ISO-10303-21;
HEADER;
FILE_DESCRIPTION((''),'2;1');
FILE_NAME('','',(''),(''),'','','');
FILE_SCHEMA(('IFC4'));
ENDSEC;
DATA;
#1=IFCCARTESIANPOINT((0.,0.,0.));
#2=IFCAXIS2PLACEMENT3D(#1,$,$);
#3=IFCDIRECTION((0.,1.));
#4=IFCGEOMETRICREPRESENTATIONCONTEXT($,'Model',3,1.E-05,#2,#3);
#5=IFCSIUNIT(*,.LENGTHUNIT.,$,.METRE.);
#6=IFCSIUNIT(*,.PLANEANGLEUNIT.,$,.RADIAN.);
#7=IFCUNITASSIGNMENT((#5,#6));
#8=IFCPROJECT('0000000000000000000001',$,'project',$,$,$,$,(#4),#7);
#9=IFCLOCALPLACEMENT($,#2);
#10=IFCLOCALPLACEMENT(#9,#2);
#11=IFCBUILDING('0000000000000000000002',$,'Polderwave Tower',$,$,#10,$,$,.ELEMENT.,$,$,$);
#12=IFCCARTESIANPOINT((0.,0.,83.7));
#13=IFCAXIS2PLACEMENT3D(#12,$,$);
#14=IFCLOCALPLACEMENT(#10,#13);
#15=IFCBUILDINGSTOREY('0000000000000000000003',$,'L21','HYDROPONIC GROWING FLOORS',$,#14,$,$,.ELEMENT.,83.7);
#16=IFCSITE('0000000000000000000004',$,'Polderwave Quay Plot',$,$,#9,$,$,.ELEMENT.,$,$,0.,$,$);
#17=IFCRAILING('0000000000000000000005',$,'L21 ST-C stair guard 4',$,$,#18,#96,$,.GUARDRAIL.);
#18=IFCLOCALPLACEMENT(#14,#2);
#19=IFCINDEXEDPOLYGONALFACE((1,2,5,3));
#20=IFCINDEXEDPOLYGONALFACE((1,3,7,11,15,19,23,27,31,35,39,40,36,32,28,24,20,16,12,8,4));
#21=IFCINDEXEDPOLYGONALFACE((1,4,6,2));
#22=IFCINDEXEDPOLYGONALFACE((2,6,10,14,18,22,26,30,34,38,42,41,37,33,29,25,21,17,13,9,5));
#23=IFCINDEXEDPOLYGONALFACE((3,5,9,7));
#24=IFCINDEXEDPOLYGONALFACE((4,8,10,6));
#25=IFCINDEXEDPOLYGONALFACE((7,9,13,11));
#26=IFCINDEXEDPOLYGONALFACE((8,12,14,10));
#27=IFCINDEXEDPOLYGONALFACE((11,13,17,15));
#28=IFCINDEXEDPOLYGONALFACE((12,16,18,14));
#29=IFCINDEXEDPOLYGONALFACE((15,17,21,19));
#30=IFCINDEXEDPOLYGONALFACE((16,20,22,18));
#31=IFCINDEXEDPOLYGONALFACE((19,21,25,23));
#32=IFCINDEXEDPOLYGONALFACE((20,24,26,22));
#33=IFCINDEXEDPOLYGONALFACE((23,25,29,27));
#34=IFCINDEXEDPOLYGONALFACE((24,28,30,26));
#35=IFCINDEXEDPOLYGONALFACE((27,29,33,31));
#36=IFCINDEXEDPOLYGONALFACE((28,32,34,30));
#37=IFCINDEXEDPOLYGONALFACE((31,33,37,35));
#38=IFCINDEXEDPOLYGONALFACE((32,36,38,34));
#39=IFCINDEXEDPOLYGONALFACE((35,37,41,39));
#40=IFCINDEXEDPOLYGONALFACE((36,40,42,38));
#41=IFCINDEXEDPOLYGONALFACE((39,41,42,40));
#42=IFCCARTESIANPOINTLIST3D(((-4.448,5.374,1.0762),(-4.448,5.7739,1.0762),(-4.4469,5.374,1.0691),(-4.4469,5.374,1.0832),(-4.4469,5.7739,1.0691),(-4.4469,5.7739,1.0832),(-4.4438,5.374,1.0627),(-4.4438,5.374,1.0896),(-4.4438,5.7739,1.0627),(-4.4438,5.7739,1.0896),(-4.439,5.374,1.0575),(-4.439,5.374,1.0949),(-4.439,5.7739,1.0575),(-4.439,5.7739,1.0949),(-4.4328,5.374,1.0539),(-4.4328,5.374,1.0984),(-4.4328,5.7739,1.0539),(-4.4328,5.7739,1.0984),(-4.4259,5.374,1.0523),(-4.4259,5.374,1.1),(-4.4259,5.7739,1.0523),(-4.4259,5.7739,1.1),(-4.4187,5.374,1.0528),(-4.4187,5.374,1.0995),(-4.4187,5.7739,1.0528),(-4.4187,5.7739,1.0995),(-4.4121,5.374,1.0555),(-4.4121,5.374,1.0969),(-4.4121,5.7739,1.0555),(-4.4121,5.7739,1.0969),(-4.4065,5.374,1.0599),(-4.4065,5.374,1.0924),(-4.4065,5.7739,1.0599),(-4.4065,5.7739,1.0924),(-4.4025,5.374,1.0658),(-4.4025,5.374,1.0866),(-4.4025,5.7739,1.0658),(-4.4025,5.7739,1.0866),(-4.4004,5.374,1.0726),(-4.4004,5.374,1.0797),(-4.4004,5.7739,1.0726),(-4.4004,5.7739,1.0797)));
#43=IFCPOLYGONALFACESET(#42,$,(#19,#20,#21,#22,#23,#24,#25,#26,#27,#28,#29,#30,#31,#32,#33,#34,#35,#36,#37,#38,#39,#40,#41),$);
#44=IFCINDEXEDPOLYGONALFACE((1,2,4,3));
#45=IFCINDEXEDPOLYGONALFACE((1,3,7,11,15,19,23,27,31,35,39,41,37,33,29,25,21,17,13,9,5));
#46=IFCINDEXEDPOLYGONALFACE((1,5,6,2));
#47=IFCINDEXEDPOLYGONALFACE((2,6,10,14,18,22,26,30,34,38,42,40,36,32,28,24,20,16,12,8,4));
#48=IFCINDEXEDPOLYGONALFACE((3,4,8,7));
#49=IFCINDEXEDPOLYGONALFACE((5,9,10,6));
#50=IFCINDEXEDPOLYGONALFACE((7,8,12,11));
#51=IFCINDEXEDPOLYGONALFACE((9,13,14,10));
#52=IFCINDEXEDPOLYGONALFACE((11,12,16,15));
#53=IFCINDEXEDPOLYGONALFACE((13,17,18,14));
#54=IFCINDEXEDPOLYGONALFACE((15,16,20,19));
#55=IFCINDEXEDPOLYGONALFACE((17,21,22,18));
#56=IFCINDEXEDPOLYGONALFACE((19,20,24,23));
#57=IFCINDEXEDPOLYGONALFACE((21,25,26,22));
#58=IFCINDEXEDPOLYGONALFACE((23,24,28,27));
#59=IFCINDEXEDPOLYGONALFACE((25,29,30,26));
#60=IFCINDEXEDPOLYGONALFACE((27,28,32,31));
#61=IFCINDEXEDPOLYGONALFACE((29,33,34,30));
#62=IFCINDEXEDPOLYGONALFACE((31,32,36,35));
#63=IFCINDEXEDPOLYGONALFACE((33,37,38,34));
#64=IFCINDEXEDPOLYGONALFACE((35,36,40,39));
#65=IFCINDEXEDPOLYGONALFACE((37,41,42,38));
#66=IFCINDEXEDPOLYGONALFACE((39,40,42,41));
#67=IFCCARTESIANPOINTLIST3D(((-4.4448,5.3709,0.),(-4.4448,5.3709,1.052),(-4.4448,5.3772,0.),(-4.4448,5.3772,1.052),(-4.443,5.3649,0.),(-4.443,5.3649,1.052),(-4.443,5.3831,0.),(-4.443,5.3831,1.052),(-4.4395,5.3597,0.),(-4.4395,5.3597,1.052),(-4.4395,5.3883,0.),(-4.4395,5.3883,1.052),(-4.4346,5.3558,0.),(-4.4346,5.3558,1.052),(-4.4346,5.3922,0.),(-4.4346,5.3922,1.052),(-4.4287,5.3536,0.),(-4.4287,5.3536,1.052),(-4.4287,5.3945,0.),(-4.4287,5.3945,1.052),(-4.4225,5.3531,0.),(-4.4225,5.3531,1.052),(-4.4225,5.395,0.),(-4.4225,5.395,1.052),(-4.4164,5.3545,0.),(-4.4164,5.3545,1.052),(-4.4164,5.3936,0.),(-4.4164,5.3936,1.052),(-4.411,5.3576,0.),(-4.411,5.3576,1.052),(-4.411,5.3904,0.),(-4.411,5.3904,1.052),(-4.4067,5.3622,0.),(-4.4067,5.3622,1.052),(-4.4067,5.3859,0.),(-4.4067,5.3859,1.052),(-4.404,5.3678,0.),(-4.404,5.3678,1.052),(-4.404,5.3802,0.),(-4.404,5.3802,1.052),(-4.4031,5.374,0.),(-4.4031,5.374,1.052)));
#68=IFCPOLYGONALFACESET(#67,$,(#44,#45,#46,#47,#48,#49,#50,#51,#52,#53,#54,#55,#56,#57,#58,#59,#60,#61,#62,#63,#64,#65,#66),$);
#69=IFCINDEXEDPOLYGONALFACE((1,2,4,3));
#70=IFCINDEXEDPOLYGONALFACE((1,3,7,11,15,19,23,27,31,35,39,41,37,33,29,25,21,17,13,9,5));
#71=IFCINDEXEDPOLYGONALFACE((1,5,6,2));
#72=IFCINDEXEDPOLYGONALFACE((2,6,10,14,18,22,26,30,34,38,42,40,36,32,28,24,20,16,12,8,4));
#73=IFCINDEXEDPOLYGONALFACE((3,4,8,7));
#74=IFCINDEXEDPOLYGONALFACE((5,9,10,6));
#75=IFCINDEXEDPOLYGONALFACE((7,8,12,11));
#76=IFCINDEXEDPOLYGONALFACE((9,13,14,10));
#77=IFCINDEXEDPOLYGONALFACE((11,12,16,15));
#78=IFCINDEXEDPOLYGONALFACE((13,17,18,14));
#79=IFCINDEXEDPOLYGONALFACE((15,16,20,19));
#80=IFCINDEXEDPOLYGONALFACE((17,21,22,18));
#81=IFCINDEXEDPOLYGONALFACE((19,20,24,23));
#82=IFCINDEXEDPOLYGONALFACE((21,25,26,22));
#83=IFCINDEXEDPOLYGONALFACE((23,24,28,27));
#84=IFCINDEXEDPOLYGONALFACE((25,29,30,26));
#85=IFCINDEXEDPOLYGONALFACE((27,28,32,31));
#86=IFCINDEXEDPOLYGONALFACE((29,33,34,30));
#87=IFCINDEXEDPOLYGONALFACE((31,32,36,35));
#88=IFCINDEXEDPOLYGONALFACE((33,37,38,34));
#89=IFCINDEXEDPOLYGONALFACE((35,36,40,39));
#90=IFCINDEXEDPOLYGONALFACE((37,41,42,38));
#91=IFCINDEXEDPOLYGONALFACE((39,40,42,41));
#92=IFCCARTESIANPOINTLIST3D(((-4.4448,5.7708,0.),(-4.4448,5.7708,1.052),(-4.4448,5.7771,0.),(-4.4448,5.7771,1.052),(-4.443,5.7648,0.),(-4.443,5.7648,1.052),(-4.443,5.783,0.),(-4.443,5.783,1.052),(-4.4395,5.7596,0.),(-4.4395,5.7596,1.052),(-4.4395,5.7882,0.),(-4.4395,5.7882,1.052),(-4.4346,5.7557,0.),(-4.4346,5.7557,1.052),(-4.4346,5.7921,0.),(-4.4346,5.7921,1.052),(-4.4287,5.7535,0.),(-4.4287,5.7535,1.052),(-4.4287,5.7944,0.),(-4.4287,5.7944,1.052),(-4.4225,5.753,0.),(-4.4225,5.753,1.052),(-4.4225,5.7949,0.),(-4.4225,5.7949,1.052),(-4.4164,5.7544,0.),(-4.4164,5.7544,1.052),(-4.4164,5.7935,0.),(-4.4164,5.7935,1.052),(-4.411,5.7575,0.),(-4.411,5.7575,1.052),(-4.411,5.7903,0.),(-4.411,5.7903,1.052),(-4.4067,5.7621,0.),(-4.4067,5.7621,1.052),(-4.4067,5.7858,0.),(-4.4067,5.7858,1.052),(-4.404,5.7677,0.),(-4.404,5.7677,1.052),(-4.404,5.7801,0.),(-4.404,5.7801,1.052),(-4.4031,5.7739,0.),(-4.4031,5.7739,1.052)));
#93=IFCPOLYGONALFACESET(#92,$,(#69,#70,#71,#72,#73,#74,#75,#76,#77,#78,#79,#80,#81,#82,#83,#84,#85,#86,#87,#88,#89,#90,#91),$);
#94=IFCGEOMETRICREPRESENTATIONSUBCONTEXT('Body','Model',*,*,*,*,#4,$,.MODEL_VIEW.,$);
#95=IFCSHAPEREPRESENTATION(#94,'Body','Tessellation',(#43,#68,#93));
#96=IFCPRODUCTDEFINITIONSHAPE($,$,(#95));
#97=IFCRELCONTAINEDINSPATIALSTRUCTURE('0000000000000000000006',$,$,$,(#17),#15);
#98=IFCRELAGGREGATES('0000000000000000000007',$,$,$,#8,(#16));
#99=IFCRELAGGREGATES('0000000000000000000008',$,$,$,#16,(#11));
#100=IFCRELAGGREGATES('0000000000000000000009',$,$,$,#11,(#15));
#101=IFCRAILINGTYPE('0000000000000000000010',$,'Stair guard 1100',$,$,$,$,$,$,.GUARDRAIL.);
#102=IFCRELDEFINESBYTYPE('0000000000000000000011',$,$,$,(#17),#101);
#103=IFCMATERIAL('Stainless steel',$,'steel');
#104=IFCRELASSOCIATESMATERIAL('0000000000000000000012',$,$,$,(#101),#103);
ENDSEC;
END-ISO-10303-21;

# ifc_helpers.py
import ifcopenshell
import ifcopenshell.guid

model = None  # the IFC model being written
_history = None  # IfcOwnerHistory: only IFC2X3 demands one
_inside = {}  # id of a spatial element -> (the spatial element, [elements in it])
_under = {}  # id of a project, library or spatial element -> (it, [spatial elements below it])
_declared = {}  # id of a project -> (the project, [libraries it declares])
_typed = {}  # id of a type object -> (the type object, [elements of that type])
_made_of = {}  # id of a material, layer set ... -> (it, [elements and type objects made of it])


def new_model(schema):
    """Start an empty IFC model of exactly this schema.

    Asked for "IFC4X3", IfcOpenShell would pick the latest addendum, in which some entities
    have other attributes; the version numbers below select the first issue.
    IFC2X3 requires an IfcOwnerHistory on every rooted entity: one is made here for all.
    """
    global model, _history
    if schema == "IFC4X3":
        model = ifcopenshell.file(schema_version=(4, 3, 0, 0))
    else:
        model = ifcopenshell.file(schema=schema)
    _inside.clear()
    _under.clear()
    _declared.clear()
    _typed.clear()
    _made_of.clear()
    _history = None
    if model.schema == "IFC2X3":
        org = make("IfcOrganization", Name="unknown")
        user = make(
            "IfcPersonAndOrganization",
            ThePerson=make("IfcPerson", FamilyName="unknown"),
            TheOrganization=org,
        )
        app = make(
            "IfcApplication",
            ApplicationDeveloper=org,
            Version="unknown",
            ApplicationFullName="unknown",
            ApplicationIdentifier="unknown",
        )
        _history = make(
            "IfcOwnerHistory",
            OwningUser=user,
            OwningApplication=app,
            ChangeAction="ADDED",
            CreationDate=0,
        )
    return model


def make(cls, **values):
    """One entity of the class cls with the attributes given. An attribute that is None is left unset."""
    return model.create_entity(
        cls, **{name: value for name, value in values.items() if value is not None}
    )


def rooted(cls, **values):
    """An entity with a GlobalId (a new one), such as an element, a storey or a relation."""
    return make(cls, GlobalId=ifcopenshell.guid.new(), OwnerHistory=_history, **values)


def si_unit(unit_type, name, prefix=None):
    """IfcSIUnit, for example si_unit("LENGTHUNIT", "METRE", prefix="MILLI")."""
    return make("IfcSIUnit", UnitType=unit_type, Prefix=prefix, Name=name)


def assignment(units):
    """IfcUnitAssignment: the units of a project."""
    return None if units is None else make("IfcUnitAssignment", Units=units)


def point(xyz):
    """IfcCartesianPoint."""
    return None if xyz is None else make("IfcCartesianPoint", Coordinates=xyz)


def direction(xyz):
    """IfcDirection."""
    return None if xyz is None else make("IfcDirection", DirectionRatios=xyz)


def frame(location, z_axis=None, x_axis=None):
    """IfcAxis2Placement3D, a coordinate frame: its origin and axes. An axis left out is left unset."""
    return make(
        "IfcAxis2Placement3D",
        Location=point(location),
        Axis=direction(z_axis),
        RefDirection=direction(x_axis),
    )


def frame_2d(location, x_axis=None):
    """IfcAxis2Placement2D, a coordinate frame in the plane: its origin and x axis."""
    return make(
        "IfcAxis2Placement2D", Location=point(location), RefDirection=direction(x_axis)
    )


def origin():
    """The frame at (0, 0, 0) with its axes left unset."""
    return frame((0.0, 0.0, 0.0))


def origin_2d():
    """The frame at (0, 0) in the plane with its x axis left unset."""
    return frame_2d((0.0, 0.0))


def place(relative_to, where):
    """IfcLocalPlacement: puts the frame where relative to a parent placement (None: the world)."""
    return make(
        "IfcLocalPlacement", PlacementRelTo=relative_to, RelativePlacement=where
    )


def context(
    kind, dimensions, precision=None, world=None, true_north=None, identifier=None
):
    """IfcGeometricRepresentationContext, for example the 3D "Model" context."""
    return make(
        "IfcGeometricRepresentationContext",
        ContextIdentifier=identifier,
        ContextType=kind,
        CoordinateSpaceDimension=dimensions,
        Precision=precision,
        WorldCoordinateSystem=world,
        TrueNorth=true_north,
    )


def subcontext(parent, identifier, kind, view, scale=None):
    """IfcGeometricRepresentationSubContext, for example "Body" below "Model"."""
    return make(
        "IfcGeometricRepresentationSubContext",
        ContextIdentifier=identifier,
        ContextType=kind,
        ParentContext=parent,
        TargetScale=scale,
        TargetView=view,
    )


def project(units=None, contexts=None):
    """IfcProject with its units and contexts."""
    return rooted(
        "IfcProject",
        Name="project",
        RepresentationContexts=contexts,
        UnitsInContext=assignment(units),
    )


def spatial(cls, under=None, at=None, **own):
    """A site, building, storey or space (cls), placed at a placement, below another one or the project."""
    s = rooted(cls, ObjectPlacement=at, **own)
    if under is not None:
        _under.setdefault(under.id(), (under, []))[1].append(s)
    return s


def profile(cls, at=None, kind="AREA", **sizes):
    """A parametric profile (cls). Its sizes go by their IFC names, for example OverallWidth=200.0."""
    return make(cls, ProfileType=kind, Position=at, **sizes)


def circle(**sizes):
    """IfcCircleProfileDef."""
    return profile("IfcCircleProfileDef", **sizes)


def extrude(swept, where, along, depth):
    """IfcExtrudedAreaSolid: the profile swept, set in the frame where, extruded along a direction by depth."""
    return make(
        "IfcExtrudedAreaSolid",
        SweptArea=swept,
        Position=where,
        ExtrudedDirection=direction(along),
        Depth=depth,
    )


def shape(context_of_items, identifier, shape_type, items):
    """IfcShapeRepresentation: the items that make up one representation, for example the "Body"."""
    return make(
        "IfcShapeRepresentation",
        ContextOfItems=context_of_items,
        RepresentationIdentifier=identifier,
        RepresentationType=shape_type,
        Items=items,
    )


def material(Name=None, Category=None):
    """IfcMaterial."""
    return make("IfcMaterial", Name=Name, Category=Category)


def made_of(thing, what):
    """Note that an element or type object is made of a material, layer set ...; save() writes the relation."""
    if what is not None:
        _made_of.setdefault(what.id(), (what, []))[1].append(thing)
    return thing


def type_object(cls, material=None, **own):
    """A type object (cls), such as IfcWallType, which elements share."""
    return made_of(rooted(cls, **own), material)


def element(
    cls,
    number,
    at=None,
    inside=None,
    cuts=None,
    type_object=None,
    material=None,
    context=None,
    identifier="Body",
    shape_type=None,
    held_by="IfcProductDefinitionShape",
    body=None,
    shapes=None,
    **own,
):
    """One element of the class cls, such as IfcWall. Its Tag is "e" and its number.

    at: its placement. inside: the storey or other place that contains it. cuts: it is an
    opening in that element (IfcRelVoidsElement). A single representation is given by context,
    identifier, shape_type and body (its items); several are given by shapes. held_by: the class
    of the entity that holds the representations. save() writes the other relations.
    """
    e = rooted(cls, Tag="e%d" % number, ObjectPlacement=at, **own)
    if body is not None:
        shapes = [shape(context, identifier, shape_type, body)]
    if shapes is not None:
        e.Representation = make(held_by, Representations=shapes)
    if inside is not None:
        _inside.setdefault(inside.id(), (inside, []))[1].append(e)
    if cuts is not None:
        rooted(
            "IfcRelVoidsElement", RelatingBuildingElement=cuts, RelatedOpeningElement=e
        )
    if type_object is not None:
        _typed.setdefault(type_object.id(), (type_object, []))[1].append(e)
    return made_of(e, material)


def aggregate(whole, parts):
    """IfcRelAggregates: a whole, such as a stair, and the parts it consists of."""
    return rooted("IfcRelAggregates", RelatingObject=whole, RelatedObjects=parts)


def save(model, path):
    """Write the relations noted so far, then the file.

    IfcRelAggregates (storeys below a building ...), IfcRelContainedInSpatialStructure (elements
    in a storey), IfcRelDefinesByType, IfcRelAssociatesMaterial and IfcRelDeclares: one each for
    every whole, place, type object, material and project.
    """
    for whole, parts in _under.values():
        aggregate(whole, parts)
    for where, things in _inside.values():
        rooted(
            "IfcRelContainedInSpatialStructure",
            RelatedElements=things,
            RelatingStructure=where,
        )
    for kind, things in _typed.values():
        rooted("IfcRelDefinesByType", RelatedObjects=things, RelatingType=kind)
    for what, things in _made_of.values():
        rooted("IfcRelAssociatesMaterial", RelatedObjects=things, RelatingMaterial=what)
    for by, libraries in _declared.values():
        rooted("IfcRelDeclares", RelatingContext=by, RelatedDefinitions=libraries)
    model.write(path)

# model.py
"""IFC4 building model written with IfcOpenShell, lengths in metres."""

from ifc_helpers import new_model, si_unit, direction, frame, origin, origin_2d, place, context, subcontext, project, spatial, circle, extrude, material, type_object, element, save


model = new_model("IFC4")

# Units and contexts
model_context = context("Model", 3, precision=1e-05, world=origin(), true_north=direction((0.0, 1.0)))
body_context = subcontext(model_context, "Body", "Model", "MODEL_VIEW")
ifc_project = project(units=[si_unit("LENGTHUNIT", "METRE"), si_unit("PLANEANGLEUNIT", "RADIAN")], contexts=[model_context])

# Site, building, storey
site_placement = place(None, origin())
site = spatial("IfcSite", under=ifc_project, at=site_placement, Name="Polderwave Quay Plot", CompositionType="ELEMENT", RefElevation=0.0)
building_placement = place(site_placement, origin())
building = spatial("IfcBuilding", under=site, at=building_placement, Name="Polderwave Tower", CompositionType="ELEMENT")
storey_placement = place(building_placement, frame((0.0, 0.0, 83.7)))
storey = spatial("IfcBuildingStorey", under=building, at=storey_placement, Name="L21", Description="HYDROPONIC GROWING FLOORS", CompositionType="ELEMENT", Elevation=83.7)

# Railing
ifc_material_1 = material(Name="Stainless steel", Category="steel")
railing_type_1 = type_object("IfcRailingType", Name="Stair guard 1100", PredefinedType="GUARDRAIL", material=ifc_material_1)
railing_1_placement = place(storey_placement, frame((-4.4241, 5.374, 0.0)))
element("IfcRailing", 1, at=railing_1_placement, inside=storey, type_object=railing_type_1, Name="L21 ST-C stair guard 4", PredefinedType="GUARDRAIL", context=body_context, shape_type="SweptSolid", body=[
    extrude(circle(Radius=0.0239, at=origin_2d()), frame((0.0, 0.0, 1.0762), z_axis=(0.0, 1.0, 0.0), x_axis=(-1.0, 0.0, 0.0)), (0.0, 0.0, 1.0), 0.3999),
    extrude(circle(Radius=0.021, at=origin_2d()), origin(), (0.0, 0.0, 1.0), 1.052),
    extrude(circle(Radius=0.021, at=origin_2d()), frame((0.0, 0.3999, 0.0)), (0.0, 0.0, 1.0), 1.052),
])

save(model, "model.ifc")
